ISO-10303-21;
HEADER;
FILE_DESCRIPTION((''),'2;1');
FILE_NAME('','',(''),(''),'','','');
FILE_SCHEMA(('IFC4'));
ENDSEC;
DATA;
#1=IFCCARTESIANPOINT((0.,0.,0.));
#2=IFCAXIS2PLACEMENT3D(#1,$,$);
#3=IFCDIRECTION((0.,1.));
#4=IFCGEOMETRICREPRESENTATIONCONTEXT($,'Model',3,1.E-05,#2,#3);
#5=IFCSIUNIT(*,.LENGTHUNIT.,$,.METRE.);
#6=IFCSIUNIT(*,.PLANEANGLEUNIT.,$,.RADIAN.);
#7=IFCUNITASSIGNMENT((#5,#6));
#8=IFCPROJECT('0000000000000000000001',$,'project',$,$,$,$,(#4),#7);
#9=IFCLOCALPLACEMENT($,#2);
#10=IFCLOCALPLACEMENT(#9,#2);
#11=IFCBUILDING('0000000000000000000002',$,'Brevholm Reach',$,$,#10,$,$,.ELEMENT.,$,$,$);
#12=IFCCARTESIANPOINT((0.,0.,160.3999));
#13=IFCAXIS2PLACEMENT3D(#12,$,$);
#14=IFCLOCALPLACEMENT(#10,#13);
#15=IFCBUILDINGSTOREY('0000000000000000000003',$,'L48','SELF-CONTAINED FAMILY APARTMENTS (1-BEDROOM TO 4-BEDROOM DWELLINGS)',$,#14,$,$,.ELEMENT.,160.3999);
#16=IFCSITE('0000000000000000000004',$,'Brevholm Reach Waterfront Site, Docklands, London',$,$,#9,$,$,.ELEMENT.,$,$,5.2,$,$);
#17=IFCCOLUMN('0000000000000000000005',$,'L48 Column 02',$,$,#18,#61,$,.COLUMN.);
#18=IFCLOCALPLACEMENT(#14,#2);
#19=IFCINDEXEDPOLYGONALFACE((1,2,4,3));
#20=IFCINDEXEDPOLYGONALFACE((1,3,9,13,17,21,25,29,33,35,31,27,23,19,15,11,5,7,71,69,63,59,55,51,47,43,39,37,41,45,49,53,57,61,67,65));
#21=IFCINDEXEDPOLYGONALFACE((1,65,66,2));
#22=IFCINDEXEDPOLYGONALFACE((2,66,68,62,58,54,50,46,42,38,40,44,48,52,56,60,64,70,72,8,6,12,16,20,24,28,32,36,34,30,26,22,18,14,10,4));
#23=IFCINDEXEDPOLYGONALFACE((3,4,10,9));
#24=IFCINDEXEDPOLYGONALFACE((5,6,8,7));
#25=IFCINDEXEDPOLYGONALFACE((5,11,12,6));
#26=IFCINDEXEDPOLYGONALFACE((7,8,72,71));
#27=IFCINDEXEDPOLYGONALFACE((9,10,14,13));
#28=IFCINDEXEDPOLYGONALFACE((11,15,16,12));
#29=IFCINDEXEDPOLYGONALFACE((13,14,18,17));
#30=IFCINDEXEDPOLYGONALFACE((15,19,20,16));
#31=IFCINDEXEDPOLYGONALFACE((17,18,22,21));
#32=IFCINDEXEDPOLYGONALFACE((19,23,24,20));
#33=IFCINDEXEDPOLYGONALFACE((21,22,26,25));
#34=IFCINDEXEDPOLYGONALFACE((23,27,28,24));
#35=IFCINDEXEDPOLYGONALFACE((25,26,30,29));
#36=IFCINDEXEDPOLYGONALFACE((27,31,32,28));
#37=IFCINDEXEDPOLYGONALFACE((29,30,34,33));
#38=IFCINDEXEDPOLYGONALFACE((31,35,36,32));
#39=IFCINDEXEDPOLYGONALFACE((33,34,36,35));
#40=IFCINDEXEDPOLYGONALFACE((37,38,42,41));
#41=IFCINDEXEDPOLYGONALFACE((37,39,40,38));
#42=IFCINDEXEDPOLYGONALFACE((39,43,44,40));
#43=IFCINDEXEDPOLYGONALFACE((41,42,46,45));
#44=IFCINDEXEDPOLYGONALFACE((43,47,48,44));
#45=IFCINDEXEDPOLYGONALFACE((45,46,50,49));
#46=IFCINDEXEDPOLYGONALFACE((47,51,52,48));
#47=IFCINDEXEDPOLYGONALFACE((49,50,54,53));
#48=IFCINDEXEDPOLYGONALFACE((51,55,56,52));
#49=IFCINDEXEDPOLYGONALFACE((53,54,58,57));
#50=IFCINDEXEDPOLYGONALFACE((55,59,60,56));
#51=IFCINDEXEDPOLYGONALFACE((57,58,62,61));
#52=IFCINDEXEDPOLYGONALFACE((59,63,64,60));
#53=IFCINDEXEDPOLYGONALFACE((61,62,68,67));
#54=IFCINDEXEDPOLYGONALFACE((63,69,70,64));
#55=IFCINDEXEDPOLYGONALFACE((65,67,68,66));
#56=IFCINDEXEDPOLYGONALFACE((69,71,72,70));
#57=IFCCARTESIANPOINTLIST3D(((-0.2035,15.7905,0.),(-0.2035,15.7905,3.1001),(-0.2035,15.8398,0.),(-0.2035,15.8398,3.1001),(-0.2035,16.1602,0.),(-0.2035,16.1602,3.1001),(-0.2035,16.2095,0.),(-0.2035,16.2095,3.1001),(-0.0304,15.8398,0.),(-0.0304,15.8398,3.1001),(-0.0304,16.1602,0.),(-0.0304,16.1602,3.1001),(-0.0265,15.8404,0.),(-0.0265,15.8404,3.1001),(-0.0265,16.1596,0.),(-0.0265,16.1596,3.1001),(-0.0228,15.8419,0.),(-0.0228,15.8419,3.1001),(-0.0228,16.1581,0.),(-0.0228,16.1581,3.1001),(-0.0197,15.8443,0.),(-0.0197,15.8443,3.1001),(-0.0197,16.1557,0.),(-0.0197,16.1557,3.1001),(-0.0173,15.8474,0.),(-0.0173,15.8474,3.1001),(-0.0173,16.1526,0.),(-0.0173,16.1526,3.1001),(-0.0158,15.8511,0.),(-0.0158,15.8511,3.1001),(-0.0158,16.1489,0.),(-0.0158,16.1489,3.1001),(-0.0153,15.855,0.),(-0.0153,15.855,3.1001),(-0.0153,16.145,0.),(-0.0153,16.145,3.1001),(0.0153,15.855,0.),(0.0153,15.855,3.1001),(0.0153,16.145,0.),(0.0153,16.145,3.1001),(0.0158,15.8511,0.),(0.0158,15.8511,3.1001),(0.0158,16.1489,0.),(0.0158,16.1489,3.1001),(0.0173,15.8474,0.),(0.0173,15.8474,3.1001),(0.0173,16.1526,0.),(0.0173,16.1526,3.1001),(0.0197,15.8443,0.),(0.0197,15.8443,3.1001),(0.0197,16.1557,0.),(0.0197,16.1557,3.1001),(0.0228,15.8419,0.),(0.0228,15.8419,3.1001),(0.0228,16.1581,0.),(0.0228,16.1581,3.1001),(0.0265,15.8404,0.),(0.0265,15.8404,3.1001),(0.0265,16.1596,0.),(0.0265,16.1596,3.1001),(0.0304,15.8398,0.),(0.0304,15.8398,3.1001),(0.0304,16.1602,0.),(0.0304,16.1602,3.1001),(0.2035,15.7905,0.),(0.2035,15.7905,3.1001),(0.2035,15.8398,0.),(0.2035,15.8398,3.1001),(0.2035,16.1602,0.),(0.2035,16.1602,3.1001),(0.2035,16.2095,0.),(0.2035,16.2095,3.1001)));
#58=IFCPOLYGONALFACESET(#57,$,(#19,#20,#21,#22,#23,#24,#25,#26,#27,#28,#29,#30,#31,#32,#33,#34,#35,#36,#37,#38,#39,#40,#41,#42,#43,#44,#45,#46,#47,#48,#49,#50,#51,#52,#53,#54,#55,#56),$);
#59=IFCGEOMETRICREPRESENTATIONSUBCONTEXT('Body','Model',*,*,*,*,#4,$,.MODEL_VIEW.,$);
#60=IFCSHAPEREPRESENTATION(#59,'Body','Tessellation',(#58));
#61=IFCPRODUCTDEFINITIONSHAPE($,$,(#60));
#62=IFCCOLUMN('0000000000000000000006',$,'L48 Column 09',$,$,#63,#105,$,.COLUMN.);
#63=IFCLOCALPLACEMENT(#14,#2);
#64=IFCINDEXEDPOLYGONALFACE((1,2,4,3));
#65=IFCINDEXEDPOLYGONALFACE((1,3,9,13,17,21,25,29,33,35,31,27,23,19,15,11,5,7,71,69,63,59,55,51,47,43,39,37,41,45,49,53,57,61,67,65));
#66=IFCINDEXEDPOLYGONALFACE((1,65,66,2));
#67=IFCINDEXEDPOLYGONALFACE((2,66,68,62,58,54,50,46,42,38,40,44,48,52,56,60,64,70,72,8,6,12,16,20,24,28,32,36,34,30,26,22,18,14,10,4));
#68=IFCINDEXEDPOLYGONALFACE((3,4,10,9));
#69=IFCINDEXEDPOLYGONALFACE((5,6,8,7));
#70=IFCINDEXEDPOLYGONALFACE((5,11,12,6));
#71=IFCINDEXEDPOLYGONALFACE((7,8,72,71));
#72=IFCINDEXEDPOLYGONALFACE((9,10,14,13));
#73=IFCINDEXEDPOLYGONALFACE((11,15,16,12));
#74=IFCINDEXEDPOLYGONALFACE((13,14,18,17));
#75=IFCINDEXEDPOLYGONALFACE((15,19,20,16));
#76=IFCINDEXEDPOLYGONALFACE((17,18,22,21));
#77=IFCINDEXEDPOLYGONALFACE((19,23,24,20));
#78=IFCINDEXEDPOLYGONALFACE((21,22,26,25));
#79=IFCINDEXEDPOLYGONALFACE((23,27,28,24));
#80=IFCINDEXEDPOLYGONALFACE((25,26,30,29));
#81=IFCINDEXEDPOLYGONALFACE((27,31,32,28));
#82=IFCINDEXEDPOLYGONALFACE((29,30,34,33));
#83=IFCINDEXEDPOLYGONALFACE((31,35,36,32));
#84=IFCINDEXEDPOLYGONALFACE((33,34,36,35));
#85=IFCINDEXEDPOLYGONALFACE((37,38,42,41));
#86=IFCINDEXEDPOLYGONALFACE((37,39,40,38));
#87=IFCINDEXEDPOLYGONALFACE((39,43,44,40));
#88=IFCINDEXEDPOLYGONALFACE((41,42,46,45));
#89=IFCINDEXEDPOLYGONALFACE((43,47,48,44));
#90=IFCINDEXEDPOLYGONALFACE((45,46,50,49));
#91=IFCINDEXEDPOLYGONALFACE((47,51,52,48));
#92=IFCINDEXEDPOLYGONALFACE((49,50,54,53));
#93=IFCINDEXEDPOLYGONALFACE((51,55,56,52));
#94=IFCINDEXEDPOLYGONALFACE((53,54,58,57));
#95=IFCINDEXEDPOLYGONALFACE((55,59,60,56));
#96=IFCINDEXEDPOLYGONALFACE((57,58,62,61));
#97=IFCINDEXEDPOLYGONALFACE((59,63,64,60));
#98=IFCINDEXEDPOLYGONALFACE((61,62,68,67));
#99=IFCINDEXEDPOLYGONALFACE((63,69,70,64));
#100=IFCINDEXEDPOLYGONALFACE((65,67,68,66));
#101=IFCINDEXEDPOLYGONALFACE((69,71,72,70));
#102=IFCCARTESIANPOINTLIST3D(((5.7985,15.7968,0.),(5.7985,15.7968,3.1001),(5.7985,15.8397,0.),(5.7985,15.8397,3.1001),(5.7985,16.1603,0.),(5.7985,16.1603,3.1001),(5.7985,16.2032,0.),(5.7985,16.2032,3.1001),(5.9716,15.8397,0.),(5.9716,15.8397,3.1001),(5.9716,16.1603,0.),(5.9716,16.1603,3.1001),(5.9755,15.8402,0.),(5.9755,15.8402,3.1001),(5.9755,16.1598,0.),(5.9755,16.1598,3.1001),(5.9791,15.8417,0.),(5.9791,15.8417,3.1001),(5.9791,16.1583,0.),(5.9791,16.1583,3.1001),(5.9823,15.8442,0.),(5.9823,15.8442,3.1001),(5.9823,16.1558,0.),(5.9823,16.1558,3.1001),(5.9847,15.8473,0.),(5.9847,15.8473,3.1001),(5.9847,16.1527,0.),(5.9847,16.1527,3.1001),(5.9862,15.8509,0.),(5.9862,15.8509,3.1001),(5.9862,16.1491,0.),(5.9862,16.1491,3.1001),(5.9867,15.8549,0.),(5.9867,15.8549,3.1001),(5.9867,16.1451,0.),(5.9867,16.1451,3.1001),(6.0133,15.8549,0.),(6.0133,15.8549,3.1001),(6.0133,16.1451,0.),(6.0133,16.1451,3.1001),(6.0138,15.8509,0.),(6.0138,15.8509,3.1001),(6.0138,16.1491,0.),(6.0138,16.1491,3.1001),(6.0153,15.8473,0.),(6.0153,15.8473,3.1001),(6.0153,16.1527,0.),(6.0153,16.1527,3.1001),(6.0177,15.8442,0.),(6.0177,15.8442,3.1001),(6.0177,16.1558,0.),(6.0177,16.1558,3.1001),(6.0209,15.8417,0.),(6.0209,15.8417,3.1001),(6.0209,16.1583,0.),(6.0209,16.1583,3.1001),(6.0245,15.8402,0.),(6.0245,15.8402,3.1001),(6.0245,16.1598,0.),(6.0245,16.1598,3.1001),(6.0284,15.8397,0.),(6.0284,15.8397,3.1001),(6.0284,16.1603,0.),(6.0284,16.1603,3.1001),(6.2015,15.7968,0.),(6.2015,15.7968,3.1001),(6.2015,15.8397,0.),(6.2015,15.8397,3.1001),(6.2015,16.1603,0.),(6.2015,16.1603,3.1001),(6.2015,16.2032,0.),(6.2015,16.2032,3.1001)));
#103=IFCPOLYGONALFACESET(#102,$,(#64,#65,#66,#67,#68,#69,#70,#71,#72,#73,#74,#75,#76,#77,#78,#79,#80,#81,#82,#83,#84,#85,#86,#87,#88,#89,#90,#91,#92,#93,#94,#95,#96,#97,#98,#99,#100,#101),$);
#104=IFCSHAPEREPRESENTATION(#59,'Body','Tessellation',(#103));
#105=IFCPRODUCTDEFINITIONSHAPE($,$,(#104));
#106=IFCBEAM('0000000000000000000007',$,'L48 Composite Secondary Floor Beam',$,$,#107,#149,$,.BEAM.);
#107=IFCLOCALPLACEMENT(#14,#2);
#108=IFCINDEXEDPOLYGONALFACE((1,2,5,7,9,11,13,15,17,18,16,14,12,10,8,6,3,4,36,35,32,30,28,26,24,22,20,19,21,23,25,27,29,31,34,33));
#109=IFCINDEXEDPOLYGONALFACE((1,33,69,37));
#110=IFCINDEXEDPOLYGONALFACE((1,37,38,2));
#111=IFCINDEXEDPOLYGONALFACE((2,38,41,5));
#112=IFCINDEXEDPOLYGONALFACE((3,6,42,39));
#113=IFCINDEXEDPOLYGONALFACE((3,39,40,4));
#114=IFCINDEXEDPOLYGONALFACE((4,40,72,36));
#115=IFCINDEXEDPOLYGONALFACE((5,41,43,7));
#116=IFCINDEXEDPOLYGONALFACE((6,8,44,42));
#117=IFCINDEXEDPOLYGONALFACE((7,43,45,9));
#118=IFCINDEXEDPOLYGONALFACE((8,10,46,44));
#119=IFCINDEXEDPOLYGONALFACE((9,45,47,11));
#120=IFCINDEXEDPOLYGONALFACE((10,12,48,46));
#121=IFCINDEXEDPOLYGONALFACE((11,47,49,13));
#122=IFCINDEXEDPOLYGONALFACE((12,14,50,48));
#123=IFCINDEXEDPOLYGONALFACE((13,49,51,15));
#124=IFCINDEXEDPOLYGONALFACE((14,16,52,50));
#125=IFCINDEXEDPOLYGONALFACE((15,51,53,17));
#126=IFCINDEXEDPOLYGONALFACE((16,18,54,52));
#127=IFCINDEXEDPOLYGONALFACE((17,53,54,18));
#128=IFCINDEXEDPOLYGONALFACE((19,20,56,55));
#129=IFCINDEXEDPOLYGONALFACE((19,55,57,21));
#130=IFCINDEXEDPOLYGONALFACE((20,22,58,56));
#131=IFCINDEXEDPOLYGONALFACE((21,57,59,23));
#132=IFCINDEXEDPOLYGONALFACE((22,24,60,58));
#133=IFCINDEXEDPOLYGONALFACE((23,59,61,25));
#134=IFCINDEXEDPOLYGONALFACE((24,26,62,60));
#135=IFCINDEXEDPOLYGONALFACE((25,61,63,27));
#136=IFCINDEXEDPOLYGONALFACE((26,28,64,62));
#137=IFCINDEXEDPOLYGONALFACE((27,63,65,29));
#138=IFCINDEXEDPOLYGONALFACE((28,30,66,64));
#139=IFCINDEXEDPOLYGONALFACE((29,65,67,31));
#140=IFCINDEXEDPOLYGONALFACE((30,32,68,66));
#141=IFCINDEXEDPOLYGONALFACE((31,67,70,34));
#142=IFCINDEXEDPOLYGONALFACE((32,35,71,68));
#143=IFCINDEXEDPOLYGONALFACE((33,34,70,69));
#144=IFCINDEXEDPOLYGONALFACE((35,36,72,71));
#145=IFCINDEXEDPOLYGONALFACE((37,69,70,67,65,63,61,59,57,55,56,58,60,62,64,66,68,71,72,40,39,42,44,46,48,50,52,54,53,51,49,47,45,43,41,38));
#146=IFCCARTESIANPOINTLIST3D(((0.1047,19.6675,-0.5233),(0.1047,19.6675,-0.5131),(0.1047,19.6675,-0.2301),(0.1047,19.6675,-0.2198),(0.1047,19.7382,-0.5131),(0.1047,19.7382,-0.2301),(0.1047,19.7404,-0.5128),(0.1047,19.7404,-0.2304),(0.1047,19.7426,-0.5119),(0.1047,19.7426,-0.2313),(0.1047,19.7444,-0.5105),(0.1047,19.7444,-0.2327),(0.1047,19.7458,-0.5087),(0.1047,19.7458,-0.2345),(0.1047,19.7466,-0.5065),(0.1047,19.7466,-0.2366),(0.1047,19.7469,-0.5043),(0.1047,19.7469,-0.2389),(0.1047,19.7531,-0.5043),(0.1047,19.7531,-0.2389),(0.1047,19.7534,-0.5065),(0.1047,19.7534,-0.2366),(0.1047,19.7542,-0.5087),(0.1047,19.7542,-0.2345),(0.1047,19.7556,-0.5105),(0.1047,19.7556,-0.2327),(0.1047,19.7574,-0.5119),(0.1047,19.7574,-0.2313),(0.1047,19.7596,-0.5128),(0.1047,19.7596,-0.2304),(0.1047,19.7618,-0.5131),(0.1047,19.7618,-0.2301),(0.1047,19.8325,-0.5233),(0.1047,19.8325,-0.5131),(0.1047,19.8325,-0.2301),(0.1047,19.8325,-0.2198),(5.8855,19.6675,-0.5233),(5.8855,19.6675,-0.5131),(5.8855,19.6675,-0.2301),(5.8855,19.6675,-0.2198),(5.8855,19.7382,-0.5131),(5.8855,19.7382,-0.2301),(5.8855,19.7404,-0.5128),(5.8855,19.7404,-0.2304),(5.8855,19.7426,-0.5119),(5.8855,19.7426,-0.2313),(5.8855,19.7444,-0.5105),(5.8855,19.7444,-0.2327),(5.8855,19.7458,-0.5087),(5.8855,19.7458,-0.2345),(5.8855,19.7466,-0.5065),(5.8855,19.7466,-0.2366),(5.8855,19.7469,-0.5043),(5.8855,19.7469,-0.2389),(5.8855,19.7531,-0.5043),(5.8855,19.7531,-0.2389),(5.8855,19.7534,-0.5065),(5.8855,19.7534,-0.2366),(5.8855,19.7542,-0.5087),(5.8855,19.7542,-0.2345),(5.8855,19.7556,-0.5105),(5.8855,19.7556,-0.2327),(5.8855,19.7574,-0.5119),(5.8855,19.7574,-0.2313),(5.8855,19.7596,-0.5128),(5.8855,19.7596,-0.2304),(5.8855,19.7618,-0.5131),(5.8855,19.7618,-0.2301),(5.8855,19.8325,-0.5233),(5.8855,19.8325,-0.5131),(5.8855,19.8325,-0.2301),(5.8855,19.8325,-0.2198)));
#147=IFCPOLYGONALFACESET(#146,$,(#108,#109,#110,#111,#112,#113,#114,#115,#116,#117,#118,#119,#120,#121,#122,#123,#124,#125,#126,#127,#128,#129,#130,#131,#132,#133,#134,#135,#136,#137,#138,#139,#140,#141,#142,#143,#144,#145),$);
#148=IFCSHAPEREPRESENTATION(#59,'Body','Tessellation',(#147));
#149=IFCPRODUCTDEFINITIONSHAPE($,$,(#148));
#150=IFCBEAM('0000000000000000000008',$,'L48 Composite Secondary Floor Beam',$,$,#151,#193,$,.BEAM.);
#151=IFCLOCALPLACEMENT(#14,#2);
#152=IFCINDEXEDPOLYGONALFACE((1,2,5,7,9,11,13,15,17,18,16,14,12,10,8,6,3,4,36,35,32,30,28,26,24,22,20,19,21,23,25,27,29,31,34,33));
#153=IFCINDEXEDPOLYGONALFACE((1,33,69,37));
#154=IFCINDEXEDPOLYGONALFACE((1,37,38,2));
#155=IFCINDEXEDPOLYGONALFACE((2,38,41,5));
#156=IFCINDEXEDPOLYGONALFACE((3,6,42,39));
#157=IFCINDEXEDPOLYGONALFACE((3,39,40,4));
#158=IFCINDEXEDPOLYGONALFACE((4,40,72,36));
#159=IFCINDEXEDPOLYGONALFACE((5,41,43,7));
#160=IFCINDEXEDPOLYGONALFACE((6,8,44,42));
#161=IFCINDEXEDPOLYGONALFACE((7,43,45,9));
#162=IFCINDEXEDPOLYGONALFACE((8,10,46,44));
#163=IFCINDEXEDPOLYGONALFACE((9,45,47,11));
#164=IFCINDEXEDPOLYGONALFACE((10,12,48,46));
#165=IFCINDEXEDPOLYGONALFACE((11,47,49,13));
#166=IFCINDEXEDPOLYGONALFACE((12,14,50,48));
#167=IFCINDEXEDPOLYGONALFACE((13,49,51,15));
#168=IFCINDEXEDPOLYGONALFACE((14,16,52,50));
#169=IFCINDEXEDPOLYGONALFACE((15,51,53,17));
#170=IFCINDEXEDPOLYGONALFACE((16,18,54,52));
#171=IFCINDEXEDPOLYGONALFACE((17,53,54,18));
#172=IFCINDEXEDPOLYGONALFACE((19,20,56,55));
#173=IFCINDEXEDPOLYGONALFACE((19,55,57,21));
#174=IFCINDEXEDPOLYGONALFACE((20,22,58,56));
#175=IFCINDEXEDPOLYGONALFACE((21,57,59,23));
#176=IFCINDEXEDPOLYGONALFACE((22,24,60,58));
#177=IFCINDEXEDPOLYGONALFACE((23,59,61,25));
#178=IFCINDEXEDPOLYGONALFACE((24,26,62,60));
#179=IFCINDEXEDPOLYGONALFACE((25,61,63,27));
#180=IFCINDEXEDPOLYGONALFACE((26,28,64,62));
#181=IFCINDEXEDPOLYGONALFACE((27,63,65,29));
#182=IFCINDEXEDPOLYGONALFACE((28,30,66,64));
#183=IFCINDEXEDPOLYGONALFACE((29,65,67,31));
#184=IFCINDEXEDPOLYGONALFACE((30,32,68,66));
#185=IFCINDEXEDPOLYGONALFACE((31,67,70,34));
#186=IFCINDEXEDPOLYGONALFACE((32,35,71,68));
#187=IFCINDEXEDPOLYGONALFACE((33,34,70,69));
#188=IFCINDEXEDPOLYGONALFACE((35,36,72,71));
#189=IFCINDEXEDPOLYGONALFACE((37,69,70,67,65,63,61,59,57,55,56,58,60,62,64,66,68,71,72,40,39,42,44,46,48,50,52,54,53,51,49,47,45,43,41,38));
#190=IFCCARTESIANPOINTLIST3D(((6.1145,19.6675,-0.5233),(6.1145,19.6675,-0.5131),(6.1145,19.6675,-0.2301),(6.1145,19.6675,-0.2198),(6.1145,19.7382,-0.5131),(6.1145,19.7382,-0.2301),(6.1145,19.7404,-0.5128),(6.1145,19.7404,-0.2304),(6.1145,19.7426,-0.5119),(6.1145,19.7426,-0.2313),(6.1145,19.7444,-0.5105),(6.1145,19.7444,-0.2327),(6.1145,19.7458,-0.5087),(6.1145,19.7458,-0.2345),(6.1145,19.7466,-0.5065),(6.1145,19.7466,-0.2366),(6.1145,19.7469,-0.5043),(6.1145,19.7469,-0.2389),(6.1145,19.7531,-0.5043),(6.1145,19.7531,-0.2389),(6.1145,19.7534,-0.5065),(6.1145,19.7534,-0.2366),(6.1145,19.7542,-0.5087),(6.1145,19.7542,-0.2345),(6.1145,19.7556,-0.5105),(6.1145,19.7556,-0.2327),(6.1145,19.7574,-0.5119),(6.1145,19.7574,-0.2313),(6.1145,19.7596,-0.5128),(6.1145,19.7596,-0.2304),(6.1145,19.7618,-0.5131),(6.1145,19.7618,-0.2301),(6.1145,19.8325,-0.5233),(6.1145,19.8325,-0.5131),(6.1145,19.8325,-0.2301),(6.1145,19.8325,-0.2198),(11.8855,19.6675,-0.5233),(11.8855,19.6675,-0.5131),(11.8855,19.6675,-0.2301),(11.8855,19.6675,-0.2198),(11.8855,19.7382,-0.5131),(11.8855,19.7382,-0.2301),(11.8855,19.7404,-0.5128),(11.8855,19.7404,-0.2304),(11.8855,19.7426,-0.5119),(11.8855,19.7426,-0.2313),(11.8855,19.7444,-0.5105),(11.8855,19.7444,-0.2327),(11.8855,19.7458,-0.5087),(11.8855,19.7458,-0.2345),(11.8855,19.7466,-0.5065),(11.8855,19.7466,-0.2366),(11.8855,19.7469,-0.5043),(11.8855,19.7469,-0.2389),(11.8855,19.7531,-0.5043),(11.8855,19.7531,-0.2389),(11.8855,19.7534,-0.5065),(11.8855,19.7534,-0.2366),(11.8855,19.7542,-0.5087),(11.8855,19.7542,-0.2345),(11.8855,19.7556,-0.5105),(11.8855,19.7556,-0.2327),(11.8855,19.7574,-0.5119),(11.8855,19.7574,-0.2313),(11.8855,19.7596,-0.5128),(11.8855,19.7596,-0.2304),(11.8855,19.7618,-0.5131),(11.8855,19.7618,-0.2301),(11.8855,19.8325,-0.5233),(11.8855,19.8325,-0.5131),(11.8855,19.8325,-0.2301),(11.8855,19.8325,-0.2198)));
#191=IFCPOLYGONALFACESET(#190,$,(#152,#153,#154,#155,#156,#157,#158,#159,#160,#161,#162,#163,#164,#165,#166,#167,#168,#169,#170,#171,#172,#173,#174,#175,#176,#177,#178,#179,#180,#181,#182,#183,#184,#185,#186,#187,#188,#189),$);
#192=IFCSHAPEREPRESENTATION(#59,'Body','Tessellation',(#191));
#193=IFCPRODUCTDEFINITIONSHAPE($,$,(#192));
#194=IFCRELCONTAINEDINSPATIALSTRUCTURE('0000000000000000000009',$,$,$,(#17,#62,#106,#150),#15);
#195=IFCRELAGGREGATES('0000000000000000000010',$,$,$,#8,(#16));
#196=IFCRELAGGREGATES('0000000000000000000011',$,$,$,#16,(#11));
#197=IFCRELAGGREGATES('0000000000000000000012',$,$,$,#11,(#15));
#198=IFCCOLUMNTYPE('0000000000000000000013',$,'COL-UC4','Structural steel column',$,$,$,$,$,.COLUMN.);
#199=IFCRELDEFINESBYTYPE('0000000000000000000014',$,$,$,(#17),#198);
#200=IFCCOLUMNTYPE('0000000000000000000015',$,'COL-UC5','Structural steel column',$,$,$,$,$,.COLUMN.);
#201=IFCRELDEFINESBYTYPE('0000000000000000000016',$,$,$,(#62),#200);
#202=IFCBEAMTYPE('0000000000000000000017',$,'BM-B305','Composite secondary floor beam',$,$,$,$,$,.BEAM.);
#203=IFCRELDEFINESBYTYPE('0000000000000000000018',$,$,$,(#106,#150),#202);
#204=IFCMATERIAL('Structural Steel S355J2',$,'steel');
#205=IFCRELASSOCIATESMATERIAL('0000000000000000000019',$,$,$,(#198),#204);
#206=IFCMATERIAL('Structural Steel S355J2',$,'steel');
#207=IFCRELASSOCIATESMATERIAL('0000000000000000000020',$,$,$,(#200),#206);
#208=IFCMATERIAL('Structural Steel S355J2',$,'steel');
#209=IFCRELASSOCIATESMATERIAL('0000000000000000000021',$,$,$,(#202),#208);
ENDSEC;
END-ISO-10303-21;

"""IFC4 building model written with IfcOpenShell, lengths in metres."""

from ifc_helpers import new_model, si_unit, direction, frame, origin, origin_2d, place, context, subcontext, project, spatial, i_section, extrude, material, material_profile, profile_set, type_object, element, save


model = new_model("IFC4")

# Units and contexts
model_context = context("Model", 3, precision=1e-05, world=origin(), true_north=direction((0.0, 1.0)))
body_context = subcontext(model_context, "Body", "Model", "MODEL_VIEW")
ifc_project = project(units=[si_unit("LENGTHUNIT", "METRE"), si_unit("PLANEANGLEUNIT", "RADIAN")], contexts=[model_context])

# Site, building, storey
site_placement = place(None, origin())
site = spatial("IfcSite", under=ifc_project, at=site_placement, Name="Brevholm Reach Waterfront Site, Docklands, London", CompositionType="ELEMENT", RefElevation=5.2)
building_placement = place(site_placement, origin())
building = spatial("IfcBuilding", under=site, at=building_placement, Name="Brevholm Reach", CompositionType="ELEMENT")
storey_placement = place(building_placement, frame((0.0, 0.0, 160.3999)))
storey = spatial("IfcBuildingStorey", under=building, at=storey_placement, Name="L48", Description="SELF-CONTAINED FAMILY APARTMENTS (1-BEDROOM TO 4-BEDROOM DWELLINGS)", CompositionType="ELEMENT", Elevation=160.3999)

# Columns
ifc_material_1 = material(Name="Structural Steel S355J2", Category="steel")
ifc_material_profile_1 = material_profile(ifc_material_1, i_section(OverallWidth=0.407, OverallDepth=0.4189, WebThickness=0.0305, FlangeThickness=0.0493, FilletRadius=0.0151, at=origin_2d()), Name="UKC 356x406x393")
ifc_profile_set_1 = profile_set([ifc_material_profile_1], Name="Structural Steel S355J2")
column_type_1 = type_object("IfcColumnType", Name="COL-UC4", Description="Structural steel column", PredefinedType="COLUMN", material=ifc_profile_set_1)
column_1_placement = place(storey_placement, frame((0.0, 16.0, 0.0), z_axis=(0.0, 0.0, 1.0), x_axis=(1.0, 0.0, 0.0)))
element("IfcColumn", 1, at=column_1_placement, inside=storey, type_object=column_type_1, Name="L48 Column 02", PredefinedType="COLUMN", context=body_context, shape_type="SweptSolid", body=[
    extrude(i_section(OverallWidth=0.407, OverallDepth=0.4189, WebThickness=0.0305, FlangeThickness=0.0493, FilletRadius=0.0151, at=origin_2d()), origin(), (0.0, 0.0, 1.0), 3.1001),
])
ifc_material_2 = material(Name="Structural Steel S355J2", Category="steel")
ifc_material_profile_2 = material_profile(ifc_material_2, i_section(OverallWidth=0.4031, OverallDepth=0.4065, WebThickness=0.0266, FlangeThickness=0.043, FilletRadius=0.0151, at=origin_2d()), Name="UKC 356x406x340")
ifc_profile_set_2 = profile_set([ifc_material_profile_2], Name="Structural Steel S355J2")
column_type_2 = type_object("IfcColumnType", Name="COL-UC5", Description="Structural steel column", PredefinedType="COLUMN", material=ifc_profile_set_2)
column_2_placement = place(storey_placement, frame((6.0, 16.0, 0.0), z_axis=(0.0, 0.0, 1.0), x_axis=(1.0, 0.0, 0.0)))
element("IfcColumn", 2, at=column_2_placement, inside=storey, type_object=column_type_2, Name="L48 Column 09", PredefinedType="COLUMN", context=body_context, shape_type="SweptSolid", body=[
    extrude(i_section(OverallWidth=0.4031, OverallDepth=0.4065, WebThickness=0.0266, FlangeThickness=0.043, FilletRadius=0.0151, at=origin_2d()), origin(), (0.0, 0.0, 1.0), 3.1001),
])

# Beams
ifc_material_3 = material(Name="Structural Steel S355J2", Category="steel")
ifc_material_profile_3 = material_profile(ifc_material_3, i_section(OverallWidth=0.165, OverallDepth=0.3035, WebThickness=0.0061, FlangeThickness=0.0103, FilletRadius=0.0088, at=origin_2d()), Name="UKB 305x165x40")
ifc_profile_set_3 = profile_set([ifc_material_profile_3], Name="Structural Steel S355J2")
beam_type_1 = type_object("IfcBeamType", Name="BM-B305", Description="Composite secondary floor beam", PredefinedType="BEAM", material=ifc_profile_set_3)
beam_1_placement = place(storey_placement, frame((0.1047, 19.75, -0.3716), z_axis=(1.0, 0.0, 0.0), x_axis=(0.0, 1.0, 0.0)))
element("IfcBeam", 3, at=beam_1_placement, inside=storey, type_object=beam_type_1, Name="L48 Composite Secondary Floor Beam", PredefinedType="BEAM", context=body_context, shape_type="SweptSolid", body=[
    extrude(i_section(OverallWidth=0.165, OverallDepth=0.3035, WebThickness=0.0061, FlangeThickness=0.0103, FilletRadius=0.0088, at=origin_2d()), origin(), (0.0, 0.0, 1.0), 5.7808),
])
beam_2_placement = place(storey_placement, frame((6.1145, 19.75, -0.3716), z_axis=(1.0, 0.0, 0.0), x_axis=(0.0, 1.0, 0.0)))
element("IfcBeam", 4, at=beam_2_placement, inside=storey, type_object=beam_type_1, Name="L48 Composite Secondary Floor Beam", PredefinedType="BEAM", context=body_context, shape_type="SweptSolid", body=[
    extrude(i_section(OverallWidth=0.165, OverallDepth=0.3035, WebThickness=0.0061, FlangeThickness=0.0103, FilletRadius=0.0088, at=origin_2d()), origin(), (0.0, 0.0, 1.0), 5.771),
])

save(model, "model.ifc")
